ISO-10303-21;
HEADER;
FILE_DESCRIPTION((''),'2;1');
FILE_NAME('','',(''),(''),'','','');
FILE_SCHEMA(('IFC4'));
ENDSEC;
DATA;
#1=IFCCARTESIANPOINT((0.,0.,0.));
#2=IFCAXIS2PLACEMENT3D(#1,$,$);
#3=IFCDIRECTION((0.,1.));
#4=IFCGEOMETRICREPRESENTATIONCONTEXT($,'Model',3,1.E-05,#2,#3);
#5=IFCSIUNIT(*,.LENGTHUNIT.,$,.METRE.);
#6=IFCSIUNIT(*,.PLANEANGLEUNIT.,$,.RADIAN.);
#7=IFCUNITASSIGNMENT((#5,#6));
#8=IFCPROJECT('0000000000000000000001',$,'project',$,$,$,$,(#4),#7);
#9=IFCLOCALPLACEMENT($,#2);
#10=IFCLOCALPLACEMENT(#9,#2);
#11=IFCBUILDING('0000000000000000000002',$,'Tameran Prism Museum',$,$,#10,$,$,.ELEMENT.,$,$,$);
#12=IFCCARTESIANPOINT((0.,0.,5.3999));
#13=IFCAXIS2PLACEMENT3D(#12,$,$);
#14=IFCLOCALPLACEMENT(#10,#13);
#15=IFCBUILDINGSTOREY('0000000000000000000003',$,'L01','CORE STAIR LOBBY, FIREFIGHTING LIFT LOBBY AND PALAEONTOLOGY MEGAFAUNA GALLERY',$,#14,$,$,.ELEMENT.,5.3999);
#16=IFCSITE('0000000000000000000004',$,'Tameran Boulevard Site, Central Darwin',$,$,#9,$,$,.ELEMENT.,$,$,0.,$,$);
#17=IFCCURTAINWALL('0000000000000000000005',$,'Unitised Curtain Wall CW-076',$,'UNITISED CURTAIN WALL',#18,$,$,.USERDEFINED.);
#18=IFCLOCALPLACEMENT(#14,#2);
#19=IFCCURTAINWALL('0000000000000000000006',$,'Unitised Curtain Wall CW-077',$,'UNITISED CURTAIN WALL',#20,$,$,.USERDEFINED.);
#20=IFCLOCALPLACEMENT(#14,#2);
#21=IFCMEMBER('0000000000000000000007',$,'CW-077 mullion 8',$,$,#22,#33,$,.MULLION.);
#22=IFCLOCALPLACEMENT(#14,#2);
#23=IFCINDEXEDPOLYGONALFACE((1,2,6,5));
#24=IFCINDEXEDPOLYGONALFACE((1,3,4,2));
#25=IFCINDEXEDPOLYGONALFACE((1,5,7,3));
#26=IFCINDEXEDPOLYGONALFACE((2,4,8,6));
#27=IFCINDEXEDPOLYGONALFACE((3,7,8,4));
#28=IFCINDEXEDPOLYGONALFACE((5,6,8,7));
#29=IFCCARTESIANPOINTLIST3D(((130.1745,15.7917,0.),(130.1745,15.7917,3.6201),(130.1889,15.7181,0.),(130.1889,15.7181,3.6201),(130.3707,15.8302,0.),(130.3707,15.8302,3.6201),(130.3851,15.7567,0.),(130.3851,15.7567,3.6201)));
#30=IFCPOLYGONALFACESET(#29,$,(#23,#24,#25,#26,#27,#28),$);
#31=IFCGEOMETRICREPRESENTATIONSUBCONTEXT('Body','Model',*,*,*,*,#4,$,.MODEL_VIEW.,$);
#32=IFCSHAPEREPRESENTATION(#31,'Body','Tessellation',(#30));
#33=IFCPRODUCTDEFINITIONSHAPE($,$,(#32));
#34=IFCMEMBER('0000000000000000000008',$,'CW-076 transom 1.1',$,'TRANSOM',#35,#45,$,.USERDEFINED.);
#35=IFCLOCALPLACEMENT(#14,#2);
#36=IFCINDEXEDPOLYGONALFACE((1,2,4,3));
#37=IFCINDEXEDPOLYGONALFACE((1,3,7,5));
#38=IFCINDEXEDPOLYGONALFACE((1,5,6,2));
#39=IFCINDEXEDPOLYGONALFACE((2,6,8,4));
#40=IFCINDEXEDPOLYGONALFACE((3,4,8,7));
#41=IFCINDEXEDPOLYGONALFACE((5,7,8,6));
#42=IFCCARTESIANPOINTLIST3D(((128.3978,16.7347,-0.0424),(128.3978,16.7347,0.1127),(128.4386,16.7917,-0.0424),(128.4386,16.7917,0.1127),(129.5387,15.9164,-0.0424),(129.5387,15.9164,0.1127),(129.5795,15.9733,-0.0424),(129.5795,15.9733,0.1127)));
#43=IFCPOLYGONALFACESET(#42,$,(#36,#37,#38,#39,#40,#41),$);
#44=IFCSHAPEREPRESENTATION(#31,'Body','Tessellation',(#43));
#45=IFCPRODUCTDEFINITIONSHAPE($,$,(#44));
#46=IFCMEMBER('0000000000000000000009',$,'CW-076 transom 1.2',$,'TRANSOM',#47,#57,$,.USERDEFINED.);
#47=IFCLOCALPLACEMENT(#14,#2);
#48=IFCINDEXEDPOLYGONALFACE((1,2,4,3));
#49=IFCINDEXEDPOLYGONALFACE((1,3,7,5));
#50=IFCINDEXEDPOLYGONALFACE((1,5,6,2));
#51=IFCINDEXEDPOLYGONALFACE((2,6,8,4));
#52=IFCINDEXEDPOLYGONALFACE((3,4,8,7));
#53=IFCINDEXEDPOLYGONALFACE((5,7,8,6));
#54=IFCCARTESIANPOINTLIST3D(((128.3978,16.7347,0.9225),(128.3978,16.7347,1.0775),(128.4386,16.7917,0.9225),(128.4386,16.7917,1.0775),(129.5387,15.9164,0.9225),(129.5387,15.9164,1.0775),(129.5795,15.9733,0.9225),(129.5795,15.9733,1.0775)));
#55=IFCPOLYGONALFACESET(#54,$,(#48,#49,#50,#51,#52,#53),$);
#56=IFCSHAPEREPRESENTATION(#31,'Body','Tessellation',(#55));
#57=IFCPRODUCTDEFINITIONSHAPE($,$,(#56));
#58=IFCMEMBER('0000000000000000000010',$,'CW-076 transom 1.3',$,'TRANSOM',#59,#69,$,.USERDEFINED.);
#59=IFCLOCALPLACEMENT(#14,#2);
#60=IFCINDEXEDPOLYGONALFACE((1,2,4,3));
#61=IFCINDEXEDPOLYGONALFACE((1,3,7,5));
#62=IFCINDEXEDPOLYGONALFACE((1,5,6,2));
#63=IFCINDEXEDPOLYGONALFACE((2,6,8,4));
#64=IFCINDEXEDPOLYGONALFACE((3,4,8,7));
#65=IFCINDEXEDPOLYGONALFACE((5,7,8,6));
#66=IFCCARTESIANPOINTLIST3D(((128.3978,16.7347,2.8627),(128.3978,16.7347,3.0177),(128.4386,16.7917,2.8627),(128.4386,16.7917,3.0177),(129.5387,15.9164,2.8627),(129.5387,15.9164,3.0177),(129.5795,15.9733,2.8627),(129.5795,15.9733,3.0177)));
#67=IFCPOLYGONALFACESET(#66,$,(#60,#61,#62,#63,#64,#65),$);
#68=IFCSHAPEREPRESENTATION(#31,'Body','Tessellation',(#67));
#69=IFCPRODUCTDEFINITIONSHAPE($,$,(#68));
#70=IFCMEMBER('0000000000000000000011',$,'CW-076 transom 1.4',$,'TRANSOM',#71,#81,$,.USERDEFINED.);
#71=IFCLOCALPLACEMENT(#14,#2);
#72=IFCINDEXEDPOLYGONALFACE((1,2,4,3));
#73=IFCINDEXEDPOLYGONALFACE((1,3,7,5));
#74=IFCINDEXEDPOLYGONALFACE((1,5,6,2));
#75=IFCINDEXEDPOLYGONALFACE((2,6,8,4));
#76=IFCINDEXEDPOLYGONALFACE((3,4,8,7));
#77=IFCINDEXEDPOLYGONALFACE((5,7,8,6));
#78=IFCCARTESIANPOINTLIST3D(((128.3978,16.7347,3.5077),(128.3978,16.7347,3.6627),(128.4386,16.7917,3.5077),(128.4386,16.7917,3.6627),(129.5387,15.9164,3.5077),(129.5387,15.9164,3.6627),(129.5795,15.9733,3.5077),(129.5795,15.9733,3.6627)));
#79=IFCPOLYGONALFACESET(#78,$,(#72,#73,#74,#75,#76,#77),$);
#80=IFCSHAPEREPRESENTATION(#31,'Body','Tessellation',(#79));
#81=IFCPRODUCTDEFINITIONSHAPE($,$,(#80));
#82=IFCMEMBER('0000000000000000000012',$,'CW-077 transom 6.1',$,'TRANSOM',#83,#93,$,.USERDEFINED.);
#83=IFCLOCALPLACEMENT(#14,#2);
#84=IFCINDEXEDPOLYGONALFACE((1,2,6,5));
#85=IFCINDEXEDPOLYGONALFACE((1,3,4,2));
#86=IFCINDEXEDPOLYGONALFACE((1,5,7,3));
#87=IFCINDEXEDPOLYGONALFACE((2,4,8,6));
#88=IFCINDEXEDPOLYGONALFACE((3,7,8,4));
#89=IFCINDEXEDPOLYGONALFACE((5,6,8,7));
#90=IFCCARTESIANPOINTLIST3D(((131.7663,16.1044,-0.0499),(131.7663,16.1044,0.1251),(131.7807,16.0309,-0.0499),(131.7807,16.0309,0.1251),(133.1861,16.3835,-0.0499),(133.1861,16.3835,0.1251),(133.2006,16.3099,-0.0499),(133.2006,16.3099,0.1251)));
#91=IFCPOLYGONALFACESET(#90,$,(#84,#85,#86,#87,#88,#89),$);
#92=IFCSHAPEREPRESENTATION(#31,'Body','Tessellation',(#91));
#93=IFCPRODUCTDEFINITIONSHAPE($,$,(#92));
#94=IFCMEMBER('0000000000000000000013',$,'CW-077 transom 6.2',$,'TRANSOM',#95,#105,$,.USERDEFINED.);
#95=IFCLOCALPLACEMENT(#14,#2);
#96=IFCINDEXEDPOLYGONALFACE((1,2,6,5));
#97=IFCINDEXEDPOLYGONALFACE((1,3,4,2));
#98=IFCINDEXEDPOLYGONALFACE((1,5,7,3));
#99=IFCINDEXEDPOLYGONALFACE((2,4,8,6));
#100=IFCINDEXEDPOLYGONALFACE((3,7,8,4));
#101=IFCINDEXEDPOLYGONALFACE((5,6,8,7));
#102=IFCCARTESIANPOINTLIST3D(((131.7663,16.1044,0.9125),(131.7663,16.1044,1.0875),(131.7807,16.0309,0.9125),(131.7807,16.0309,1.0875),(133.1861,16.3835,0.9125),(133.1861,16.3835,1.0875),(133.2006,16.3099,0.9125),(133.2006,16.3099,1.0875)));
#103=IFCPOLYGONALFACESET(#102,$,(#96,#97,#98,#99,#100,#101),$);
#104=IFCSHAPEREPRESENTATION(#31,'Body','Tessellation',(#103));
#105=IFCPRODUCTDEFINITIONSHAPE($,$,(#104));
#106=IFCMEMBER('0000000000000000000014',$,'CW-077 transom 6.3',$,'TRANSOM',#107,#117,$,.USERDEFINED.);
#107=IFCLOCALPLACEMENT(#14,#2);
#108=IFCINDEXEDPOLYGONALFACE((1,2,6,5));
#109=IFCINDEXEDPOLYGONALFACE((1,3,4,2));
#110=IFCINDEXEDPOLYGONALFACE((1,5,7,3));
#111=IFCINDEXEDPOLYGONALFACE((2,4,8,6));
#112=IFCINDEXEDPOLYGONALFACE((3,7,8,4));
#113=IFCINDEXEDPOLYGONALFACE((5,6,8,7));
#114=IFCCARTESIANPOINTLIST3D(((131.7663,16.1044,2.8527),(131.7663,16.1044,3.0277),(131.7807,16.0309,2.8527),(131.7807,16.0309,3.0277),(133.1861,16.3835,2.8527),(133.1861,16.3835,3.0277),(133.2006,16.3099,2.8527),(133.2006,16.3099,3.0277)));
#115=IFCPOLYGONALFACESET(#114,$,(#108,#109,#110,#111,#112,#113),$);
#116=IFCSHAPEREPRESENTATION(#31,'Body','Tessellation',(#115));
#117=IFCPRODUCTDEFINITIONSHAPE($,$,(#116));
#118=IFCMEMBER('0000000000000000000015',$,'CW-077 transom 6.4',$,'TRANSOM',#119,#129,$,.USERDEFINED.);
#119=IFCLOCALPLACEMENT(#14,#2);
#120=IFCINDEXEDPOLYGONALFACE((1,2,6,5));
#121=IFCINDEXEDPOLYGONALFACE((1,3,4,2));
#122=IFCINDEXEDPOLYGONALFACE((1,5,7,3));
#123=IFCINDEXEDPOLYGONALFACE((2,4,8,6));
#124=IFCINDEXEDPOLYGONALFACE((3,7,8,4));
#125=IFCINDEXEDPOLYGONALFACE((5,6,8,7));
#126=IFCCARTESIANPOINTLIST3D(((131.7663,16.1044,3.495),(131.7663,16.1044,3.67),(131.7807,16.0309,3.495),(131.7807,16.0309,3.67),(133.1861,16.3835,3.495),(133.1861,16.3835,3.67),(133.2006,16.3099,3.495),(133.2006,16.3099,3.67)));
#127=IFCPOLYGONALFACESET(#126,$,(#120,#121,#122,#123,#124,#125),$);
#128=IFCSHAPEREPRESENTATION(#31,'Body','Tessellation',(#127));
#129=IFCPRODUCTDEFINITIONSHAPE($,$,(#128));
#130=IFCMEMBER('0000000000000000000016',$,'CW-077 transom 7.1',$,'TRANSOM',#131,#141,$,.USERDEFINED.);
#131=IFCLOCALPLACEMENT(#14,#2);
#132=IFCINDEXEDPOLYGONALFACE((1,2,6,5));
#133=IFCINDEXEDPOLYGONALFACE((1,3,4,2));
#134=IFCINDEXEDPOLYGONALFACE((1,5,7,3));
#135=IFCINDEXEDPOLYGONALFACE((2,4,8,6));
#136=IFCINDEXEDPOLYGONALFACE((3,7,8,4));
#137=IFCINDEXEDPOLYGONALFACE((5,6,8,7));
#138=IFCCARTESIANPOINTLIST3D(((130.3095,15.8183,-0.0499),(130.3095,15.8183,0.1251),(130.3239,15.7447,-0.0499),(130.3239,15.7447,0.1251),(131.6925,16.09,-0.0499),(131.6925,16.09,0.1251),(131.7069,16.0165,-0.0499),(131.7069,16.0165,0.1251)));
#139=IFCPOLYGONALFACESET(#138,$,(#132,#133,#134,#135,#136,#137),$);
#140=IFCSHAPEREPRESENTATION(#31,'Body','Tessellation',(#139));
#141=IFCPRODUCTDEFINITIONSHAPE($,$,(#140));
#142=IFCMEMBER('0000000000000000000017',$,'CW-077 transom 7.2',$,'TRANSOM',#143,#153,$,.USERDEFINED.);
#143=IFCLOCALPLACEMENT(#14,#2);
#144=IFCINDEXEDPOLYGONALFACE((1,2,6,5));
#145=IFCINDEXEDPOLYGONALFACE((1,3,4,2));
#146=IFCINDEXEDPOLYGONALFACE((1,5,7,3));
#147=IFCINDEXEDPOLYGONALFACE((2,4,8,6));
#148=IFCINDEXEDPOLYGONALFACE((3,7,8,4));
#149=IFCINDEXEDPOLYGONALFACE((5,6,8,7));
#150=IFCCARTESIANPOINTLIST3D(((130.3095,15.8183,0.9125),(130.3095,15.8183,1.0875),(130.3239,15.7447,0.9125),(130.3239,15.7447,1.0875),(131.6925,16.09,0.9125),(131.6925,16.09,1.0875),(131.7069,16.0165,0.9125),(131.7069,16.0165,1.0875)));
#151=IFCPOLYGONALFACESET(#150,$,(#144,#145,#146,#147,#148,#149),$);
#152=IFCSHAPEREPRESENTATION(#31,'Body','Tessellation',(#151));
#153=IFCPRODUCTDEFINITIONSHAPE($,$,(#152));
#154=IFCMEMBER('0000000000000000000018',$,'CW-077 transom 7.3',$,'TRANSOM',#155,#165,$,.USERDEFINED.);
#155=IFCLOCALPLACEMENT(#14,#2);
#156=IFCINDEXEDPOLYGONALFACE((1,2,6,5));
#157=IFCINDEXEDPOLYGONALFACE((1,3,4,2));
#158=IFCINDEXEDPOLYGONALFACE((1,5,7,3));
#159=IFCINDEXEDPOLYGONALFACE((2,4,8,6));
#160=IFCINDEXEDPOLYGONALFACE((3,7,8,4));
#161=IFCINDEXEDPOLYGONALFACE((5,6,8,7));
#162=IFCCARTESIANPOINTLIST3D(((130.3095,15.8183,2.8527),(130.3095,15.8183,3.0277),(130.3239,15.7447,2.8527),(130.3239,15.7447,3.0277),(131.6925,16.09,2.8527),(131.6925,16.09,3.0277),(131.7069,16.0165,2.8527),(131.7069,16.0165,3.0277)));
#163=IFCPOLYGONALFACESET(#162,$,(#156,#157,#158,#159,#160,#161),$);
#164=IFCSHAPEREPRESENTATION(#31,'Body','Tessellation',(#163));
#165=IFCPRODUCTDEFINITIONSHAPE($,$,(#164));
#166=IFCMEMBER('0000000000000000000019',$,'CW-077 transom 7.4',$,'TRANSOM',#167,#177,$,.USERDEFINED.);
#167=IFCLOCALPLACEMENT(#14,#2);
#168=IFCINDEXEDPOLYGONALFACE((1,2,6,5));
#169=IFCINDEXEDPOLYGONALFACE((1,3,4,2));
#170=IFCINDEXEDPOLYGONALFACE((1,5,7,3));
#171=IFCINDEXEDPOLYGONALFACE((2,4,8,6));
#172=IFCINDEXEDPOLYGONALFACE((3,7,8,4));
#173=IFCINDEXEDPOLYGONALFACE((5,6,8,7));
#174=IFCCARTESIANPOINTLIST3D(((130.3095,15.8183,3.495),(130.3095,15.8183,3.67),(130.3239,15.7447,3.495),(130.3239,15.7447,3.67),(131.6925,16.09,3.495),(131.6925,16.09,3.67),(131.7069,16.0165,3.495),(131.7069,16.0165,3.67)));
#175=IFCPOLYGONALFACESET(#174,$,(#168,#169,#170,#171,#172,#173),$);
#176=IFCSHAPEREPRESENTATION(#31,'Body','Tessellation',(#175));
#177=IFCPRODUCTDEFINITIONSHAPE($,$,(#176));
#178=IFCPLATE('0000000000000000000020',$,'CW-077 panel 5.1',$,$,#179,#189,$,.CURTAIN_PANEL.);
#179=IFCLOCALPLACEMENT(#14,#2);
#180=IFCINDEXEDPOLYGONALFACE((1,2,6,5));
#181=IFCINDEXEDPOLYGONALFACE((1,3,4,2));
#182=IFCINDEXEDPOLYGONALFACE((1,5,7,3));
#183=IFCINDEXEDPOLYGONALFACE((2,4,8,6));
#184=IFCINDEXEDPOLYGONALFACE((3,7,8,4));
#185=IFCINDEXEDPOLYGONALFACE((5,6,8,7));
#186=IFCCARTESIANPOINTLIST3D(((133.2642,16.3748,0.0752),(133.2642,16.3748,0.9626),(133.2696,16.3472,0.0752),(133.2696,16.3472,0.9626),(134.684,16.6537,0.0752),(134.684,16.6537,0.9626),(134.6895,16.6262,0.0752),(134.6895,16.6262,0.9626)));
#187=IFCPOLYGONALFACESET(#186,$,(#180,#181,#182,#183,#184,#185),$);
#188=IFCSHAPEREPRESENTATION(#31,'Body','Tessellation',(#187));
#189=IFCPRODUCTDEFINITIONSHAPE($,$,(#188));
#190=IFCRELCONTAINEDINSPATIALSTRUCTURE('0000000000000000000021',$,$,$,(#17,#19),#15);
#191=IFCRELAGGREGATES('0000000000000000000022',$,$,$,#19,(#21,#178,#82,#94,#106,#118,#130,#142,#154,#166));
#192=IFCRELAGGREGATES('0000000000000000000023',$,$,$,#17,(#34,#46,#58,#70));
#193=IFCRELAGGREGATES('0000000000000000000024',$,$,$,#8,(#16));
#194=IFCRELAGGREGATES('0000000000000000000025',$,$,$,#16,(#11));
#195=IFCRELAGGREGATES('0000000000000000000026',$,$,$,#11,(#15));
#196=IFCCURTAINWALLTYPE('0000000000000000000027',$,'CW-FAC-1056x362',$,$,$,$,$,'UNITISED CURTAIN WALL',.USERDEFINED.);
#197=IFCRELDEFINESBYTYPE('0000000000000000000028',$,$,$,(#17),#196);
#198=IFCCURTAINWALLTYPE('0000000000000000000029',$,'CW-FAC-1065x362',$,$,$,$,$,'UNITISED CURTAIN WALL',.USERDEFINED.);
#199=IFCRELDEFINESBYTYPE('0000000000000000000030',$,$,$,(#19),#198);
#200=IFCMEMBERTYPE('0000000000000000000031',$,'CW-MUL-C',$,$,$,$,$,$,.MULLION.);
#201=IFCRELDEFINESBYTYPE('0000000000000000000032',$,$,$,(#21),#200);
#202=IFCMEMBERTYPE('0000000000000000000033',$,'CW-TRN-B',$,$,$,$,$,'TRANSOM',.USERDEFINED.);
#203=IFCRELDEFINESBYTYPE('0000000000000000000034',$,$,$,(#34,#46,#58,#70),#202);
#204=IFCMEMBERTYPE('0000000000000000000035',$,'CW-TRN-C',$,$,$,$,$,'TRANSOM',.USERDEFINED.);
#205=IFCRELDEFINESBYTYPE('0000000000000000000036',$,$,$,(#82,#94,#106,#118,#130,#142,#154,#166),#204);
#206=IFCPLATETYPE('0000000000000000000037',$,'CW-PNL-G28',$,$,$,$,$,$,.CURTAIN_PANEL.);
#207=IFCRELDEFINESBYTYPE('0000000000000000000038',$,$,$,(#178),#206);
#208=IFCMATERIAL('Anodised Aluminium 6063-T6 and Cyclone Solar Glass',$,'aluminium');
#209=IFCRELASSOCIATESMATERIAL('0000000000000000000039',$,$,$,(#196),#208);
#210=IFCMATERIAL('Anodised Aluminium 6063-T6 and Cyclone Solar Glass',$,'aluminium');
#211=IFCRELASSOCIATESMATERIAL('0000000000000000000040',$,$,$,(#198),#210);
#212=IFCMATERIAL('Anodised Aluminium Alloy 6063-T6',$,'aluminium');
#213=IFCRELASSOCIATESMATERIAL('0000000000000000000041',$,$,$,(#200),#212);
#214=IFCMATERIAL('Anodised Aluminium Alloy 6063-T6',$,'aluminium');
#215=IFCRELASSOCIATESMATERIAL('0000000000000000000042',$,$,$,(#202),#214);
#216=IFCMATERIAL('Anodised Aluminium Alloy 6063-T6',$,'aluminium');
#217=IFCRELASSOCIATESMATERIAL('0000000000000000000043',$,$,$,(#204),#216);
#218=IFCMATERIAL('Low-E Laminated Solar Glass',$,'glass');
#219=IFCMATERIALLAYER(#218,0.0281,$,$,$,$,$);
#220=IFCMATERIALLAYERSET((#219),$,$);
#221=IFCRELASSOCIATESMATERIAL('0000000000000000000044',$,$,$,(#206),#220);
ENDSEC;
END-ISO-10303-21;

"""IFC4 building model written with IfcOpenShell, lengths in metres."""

from ifc_helpers import new_model, si_unit, direction, frame, origin, origin_2d, place, context, subcontext, project, spatial, rectangle, extrude, material, layer, layer_set, material_profile, profile_set, type_object, element, aggregate, save


model = new_model("IFC4")

# Units and contexts
model_context = context("Model", 3, precision=1e-05, world=origin(), true_north=direction((0.0, 1.0)))
body_context = subcontext(model_context, "Body", "Model", "MODEL_VIEW")
ifc_project = project(units=[si_unit("LENGTHUNIT", "METRE"), si_unit("PLANEANGLEUNIT", "RADIAN")], contexts=[model_context])

# Site, building, storey
site_placement = place(None, origin())
site = spatial("IfcSite", under=ifc_project, at=site_placement, Name="Tameran Boulevard Site, Central Darwin", CompositionType="ELEMENT", RefElevation=0.0)
building_placement = place(site_placement, origin())
building = spatial("IfcBuilding", under=site, at=building_placement, Name="Tameran Prism Museum", CompositionType="ELEMENT")
storey_placement = place(building_placement, frame((0.0, 0.0, 5.3999)))
storey = spatial("IfcBuildingStorey", under=building, at=storey_placement, Name="L01", Description="CORE STAIR LOBBY, FIREFIGHTING LIFT LOBBY AND PALAEONTOLOGY MEGAFAUNA GALLERY", CompositionType="ELEMENT", Elevation=5.3999)

# Curtain wall
ifc_material_1 = material(Name="Anodised Aluminium 6063-T6 and Cyclone Solar Glass", Category="aluminium")
curtain_wall_type_1 = type_object("IfcCurtainWallType", Name="CW-FAC-1056x362", ElementType="UNITISED CURTAIN WALL", PredefinedType="USERDEFINED", material=ifc_material_1)
curtain_wall_1_placement = place(storey_placement, origin())
curtain_wall_1 = element("IfcCurtainWall", 1, at=curtain_wall_1_placement, inside=storey, type_object=curtain_wall_type_1, Name="Unitised Curtain Wall CW-076", ObjectType="UNITISED CURTAIN WALL", PredefinedType="USERDEFINED")

# Curtain wall, member
ifc_material_2 = material(Name="Anodised Aluminium 6063-T6 and Cyclone Solar Glass", Category="aluminium")
curtain_wall_type_2 = type_object("IfcCurtainWallType", Name="CW-FAC-1065x362", ElementType="UNITISED CURTAIN WALL", PredefinedType="USERDEFINED", material=ifc_material_2)
curtain_wall_2_placement = place(storey_placement, origin())
curtain_wall_2 = element("IfcCurtainWall", 2, at=curtain_wall_2_placement, inside=storey, type_object=curtain_wall_type_2, Name="Unitised Curtain Wall CW-077", ObjectType="UNITISED CURTAIN WALL", PredefinedType="USERDEFINED")
ifc_material_3 = material(Name="Anodised Aluminium Alloy 6063-T6", Category="aluminium")
ifc_material_profile_1 = material_profile(ifc_material_3, rectangle(XDim=0.075, YDim=0.2, at=origin_2d()))
ifc_profile_set_1 = profile_set([ifc_material_profile_1])
member_type_1 = type_object("IfcMemberType", Name="CW-MUL-C", PredefinedType="MULLION", material=ifc_profile_set_1)
member_1_placement = place(storey_placement, frame((130.2798, 15.7742, 0.0), z_axis=(0.0, 0.0, 1.0), x_axis=(0.192776, -0.981243, 0.0)))
member_1 = element("IfcMember", 3, at=member_1_placement, type_object=member_type_1, Name="CW-077 mullion 8", PredefinedType="MULLION", context=body_context, shape_type="SweptSolid", body=[
    extrude(rectangle(XDim=0.075, YDim=0.2, at=origin_2d()), origin(), (0.0, 0.0, 1.0), 3.6201),
])

# Members
ifc_material_4 = material(Name="Anodised Aluminium Alloy 6063-T6", Category="aluminium")
ifc_material_profile_2 = material_profile(ifc_material_4, rectangle(XDim=0.0701, YDim=0.155, at=origin_2d()))
ifc_profile_set_2 = profile_set([ifc_material_profile_2])
member_type_2 = type_object("IfcMemberType", Name="CW-TRN-B", ElementType="TRANSOM", PredefinedType="USERDEFINED", material=ifc_profile_set_2)
member_2_placement = place(storey_placement, frame((129.5591, 15.9448, 0.0352), z_axis=(-0.812569, 0.582865, 0.0), x_axis=(-0.582865, -0.812569, 0.0)))
member_2 = element("IfcMember", 4, at=member_2_placement, type_object=member_type_2, Name="CW-076 transom 1.1", ObjectType="TRANSOM", PredefinedType="USERDEFINED", context=body_context, shape_type="SweptSolid", body=[
    extrude(rectangle(XDim=0.0701, YDim=0.155, at=origin_2d()), origin(), (0.0, 0.0, 1.0), 1.4041),
])
member_3_placement = place(storey_placement, frame((129.5591, 15.9448, 1.0), z_axis=(-0.812569, 0.582865, 0.0), x_axis=(-0.582865, -0.812569, 0.0)))
member_3 = element("IfcMember", 5, at=member_3_placement, type_object=member_type_2, Name="CW-076 transom 1.2", ObjectType="TRANSOM", PredefinedType="USERDEFINED", context=body_context, shape_type="SweptSolid", body=[
    extrude(rectangle(XDim=0.0701, YDim=0.155, at=origin_2d()), origin(), (0.0, 0.0, 1.0), 1.4041),
])
member_4_placement = place(storey_placement, frame((129.5591, 15.9448, 2.9402), z_axis=(-0.812569, 0.582865, 0.0), x_axis=(-0.582865, -0.812569, 0.0)))
member_4 = element("IfcMember", 6, at=member_4_placement, type_object=member_type_2, Name="CW-076 transom 1.3", ObjectType="TRANSOM", PredefinedType="USERDEFINED", context=body_context, shape_type="SweptSolid", body=[
    extrude(rectangle(XDim=0.0701, YDim=0.155, at=origin_2d()), origin(), (0.0, 0.0, 1.0), 1.4041),
])
member_5_placement = place(storey_placement, frame((129.5591, 15.9448, 3.5852), z_axis=(-0.812569, 0.582865, 0.0), x_axis=(-0.582865, -0.812569, 0.0)))
member_5 = element("IfcMember", 7, at=member_5_placement, type_object=member_type_2, Name="CW-076 transom 1.4", ObjectType="TRANSOM", PredefinedType="USERDEFINED", context=body_context, shape_type="SweptSolid", body=[
    extrude(rectangle(XDim=0.0701, YDim=0.155, at=origin_2d()), origin(), (0.0, 0.0, 1.0), 1.4041),
])
ifc_material_5 = material(Name="Anodised Aluminium Alloy 6063-T6", Category="aluminium")
ifc_material_profile_3 = material_profile(ifc_material_5, rectangle(XDim=0.075, YDim=0.175, at=origin_2d()))
ifc_profile_set_3 = profile_set([ifc_material_profile_3])
member_type_3 = type_object("IfcMemberType", Name="CW-TRN-C", ElementType="TRANSOM", PredefinedType="USERDEFINED", material=ifc_profile_set_3)
member_6_placement = place(storey_placement, frame((133.1934, 16.3467, 0.0376), z_axis=(-0.981231, -0.192838, 0.0), x_axis=(0.192838, -0.981231, 0.0)))
member_6 = element("IfcMember", 8, at=member_6_placement, type_object=member_type_3, Name="CW-077 transom 6.1", ObjectType="TRANSOM", PredefinedType="USERDEFINED", context=body_context, shape_type="SweptSolid", body=[
    extrude(rectangle(XDim=0.075, YDim=0.175, at=origin_2d()), origin(), (0.0, 0.0, 1.0), 1.447),
])
member_7_placement = place(storey_placement, frame((133.1934, 16.3467, 1.0), z_axis=(-0.981231, -0.192838, 0.0), x_axis=(0.192838, -0.981231, 0.0)))
member_7 = element("IfcMember", 9, at=member_7_placement, type_object=member_type_3, Name="CW-077 transom 6.2", ObjectType="TRANSOM", PredefinedType="USERDEFINED", context=body_context, shape_type="SweptSolid", body=[
    extrude(rectangle(XDim=0.075, YDim=0.175, at=origin_2d()), origin(), (0.0, 0.0, 1.0), 1.447),
])
member_8_placement = place(storey_placement, frame((133.1934, 16.3467, 2.9402), z_axis=(-0.981231, -0.192838, 0.0), x_axis=(0.192838, -0.981231, 0.0)))
member_8 = element("IfcMember", 10, at=member_8_placement, type_object=member_type_3, Name="CW-077 transom 6.3", ObjectType="TRANSOM", PredefinedType="USERDEFINED", context=body_context, shape_type="SweptSolid", body=[
    extrude(rectangle(XDim=0.075, YDim=0.175, at=origin_2d()), origin(), (0.0, 0.0, 1.0), 1.447),
])
member_9_placement = place(storey_placement, frame((133.1934, 16.3467, 3.5825), z_axis=(-0.981231, -0.192838, 0.0), x_axis=(0.192838, -0.981231, 0.0)))
member_9 = element("IfcMember", 11, at=member_9_placement, type_object=member_type_3, Name="CW-077 transom 6.4", ObjectType="TRANSOM", PredefinedType="USERDEFINED", context=body_context, shape_type="SweptSolid", body=[
    extrude(rectangle(XDim=0.075, YDim=0.175, at=origin_2d()), origin(), (0.0, 0.0, 1.0), 1.447),
])
member_10_placement = place(storey_placement, frame((131.6997, 16.0532, 0.0376), z_axis=(-0.981241, -0.192784, 0.0), x_axis=(0.192784, -0.981241, 0.0)))
member_10 = element("IfcMember", 12, at=member_10_placement, type_object=member_type_3, Name="CW-077 transom 7.1", ObjectType="TRANSOM", PredefinedType="USERDEFINED", context=body_context, shape_type="SweptSolid", body=[
    extrude(rectangle(XDim=0.075, YDim=0.175, at=origin_2d()), origin(), (0.0, 0.0, 1.0), 1.4094),
])
member_11_placement = place(storey_placement, frame((131.6997, 16.0532, 1.0), z_axis=(-0.981241, -0.192784, 0.0), x_axis=(0.192784, -0.981241, 0.0)))
member_11 = element("IfcMember", 13, at=member_11_placement, type_object=member_type_3, Name="CW-077 transom 7.2", ObjectType="TRANSOM", PredefinedType="USERDEFINED", context=body_context, shape_type="SweptSolid", body=[
    extrude(rectangle(XDim=0.075, YDim=0.175, at=origin_2d()), origin(), (0.0, 0.0, 1.0), 1.4094),
])
member_12_placement = place(storey_placement, frame((131.6997, 16.0532, 2.9402), z_axis=(-0.981241, -0.192784, 0.0), x_axis=(0.192784, -0.981241, 0.0)))
member_12 = element("IfcMember", 14, at=member_12_placement, type_object=member_type_3, Name="CW-077 transom 7.3", ObjectType="TRANSOM", PredefinedType="USERDEFINED", context=body_context, shape_type="SweptSolid", body=[
    extrude(rectangle(XDim=0.075, YDim=0.175, at=origin_2d()), origin(), (0.0, 0.0, 1.0), 1.4094),
])
member_13_placement = place(storey_placement, frame((131.6997, 16.0532, 3.5825), z_axis=(-0.981241, -0.192784, 0.0), x_axis=(0.192784, -0.981241, 0.0)))
member_13 = element("IfcMember", 15, at=member_13_placement, type_object=member_type_3, Name="CW-077 transom 7.4", ObjectType="TRANSOM", PredefinedType="USERDEFINED", context=body_context, shape_type="SweptSolid", body=[
    extrude(rectangle(XDim=0.075, YDim=0.175, at=origin_2d()), origin(), (0.0, 0.0, 1.0), 1.4094),
])

# Plate
ifc_material_6 = material(Name="Low-E Laminated Solar Glass", Category="glass")
ifc_layer_1 = layer(ifc_material_6, 0.0281)
ifc_layer_set_1 = layer_set([ifc_layer_1])
plate_type_1 = type_object("IfcPlateType", Name="CW-PNL-G28", PredefinedType="CURTAIN_PANEL", material=ifc_layer_set_1)
plate_1_placement = place(storey_placement, frame((133.9768, 16.5005, 0.0752), z_axis=(0.0, 0.0, 1.0), x_axis=(-0.981243, -0.192776, 0.0)))
plate_1 = element("IfcPlate", 16, at=plate_1_placement, type_object=plate_type_1, Name="CW-077 panel 5.1", PredefinedType="CURTAIN_PANEL", context=body_context, shape_type="SweptSolid", body=[
    extrude(rectangle(XDim=1.447, YDim=0.0281, at=origin_2d()), origin(), (0.0, 0.0, 1.0), 0.8875),
])
aggregate(curtain_wall_2, [member_1, plate_1, member_6, member_7, member_8, member_9, member_10, member_11, member_12, member_13])
aggregate(curtain_wall_1, [member_2, member_3, member_4, member_5])

save(model, "model.ifc")
